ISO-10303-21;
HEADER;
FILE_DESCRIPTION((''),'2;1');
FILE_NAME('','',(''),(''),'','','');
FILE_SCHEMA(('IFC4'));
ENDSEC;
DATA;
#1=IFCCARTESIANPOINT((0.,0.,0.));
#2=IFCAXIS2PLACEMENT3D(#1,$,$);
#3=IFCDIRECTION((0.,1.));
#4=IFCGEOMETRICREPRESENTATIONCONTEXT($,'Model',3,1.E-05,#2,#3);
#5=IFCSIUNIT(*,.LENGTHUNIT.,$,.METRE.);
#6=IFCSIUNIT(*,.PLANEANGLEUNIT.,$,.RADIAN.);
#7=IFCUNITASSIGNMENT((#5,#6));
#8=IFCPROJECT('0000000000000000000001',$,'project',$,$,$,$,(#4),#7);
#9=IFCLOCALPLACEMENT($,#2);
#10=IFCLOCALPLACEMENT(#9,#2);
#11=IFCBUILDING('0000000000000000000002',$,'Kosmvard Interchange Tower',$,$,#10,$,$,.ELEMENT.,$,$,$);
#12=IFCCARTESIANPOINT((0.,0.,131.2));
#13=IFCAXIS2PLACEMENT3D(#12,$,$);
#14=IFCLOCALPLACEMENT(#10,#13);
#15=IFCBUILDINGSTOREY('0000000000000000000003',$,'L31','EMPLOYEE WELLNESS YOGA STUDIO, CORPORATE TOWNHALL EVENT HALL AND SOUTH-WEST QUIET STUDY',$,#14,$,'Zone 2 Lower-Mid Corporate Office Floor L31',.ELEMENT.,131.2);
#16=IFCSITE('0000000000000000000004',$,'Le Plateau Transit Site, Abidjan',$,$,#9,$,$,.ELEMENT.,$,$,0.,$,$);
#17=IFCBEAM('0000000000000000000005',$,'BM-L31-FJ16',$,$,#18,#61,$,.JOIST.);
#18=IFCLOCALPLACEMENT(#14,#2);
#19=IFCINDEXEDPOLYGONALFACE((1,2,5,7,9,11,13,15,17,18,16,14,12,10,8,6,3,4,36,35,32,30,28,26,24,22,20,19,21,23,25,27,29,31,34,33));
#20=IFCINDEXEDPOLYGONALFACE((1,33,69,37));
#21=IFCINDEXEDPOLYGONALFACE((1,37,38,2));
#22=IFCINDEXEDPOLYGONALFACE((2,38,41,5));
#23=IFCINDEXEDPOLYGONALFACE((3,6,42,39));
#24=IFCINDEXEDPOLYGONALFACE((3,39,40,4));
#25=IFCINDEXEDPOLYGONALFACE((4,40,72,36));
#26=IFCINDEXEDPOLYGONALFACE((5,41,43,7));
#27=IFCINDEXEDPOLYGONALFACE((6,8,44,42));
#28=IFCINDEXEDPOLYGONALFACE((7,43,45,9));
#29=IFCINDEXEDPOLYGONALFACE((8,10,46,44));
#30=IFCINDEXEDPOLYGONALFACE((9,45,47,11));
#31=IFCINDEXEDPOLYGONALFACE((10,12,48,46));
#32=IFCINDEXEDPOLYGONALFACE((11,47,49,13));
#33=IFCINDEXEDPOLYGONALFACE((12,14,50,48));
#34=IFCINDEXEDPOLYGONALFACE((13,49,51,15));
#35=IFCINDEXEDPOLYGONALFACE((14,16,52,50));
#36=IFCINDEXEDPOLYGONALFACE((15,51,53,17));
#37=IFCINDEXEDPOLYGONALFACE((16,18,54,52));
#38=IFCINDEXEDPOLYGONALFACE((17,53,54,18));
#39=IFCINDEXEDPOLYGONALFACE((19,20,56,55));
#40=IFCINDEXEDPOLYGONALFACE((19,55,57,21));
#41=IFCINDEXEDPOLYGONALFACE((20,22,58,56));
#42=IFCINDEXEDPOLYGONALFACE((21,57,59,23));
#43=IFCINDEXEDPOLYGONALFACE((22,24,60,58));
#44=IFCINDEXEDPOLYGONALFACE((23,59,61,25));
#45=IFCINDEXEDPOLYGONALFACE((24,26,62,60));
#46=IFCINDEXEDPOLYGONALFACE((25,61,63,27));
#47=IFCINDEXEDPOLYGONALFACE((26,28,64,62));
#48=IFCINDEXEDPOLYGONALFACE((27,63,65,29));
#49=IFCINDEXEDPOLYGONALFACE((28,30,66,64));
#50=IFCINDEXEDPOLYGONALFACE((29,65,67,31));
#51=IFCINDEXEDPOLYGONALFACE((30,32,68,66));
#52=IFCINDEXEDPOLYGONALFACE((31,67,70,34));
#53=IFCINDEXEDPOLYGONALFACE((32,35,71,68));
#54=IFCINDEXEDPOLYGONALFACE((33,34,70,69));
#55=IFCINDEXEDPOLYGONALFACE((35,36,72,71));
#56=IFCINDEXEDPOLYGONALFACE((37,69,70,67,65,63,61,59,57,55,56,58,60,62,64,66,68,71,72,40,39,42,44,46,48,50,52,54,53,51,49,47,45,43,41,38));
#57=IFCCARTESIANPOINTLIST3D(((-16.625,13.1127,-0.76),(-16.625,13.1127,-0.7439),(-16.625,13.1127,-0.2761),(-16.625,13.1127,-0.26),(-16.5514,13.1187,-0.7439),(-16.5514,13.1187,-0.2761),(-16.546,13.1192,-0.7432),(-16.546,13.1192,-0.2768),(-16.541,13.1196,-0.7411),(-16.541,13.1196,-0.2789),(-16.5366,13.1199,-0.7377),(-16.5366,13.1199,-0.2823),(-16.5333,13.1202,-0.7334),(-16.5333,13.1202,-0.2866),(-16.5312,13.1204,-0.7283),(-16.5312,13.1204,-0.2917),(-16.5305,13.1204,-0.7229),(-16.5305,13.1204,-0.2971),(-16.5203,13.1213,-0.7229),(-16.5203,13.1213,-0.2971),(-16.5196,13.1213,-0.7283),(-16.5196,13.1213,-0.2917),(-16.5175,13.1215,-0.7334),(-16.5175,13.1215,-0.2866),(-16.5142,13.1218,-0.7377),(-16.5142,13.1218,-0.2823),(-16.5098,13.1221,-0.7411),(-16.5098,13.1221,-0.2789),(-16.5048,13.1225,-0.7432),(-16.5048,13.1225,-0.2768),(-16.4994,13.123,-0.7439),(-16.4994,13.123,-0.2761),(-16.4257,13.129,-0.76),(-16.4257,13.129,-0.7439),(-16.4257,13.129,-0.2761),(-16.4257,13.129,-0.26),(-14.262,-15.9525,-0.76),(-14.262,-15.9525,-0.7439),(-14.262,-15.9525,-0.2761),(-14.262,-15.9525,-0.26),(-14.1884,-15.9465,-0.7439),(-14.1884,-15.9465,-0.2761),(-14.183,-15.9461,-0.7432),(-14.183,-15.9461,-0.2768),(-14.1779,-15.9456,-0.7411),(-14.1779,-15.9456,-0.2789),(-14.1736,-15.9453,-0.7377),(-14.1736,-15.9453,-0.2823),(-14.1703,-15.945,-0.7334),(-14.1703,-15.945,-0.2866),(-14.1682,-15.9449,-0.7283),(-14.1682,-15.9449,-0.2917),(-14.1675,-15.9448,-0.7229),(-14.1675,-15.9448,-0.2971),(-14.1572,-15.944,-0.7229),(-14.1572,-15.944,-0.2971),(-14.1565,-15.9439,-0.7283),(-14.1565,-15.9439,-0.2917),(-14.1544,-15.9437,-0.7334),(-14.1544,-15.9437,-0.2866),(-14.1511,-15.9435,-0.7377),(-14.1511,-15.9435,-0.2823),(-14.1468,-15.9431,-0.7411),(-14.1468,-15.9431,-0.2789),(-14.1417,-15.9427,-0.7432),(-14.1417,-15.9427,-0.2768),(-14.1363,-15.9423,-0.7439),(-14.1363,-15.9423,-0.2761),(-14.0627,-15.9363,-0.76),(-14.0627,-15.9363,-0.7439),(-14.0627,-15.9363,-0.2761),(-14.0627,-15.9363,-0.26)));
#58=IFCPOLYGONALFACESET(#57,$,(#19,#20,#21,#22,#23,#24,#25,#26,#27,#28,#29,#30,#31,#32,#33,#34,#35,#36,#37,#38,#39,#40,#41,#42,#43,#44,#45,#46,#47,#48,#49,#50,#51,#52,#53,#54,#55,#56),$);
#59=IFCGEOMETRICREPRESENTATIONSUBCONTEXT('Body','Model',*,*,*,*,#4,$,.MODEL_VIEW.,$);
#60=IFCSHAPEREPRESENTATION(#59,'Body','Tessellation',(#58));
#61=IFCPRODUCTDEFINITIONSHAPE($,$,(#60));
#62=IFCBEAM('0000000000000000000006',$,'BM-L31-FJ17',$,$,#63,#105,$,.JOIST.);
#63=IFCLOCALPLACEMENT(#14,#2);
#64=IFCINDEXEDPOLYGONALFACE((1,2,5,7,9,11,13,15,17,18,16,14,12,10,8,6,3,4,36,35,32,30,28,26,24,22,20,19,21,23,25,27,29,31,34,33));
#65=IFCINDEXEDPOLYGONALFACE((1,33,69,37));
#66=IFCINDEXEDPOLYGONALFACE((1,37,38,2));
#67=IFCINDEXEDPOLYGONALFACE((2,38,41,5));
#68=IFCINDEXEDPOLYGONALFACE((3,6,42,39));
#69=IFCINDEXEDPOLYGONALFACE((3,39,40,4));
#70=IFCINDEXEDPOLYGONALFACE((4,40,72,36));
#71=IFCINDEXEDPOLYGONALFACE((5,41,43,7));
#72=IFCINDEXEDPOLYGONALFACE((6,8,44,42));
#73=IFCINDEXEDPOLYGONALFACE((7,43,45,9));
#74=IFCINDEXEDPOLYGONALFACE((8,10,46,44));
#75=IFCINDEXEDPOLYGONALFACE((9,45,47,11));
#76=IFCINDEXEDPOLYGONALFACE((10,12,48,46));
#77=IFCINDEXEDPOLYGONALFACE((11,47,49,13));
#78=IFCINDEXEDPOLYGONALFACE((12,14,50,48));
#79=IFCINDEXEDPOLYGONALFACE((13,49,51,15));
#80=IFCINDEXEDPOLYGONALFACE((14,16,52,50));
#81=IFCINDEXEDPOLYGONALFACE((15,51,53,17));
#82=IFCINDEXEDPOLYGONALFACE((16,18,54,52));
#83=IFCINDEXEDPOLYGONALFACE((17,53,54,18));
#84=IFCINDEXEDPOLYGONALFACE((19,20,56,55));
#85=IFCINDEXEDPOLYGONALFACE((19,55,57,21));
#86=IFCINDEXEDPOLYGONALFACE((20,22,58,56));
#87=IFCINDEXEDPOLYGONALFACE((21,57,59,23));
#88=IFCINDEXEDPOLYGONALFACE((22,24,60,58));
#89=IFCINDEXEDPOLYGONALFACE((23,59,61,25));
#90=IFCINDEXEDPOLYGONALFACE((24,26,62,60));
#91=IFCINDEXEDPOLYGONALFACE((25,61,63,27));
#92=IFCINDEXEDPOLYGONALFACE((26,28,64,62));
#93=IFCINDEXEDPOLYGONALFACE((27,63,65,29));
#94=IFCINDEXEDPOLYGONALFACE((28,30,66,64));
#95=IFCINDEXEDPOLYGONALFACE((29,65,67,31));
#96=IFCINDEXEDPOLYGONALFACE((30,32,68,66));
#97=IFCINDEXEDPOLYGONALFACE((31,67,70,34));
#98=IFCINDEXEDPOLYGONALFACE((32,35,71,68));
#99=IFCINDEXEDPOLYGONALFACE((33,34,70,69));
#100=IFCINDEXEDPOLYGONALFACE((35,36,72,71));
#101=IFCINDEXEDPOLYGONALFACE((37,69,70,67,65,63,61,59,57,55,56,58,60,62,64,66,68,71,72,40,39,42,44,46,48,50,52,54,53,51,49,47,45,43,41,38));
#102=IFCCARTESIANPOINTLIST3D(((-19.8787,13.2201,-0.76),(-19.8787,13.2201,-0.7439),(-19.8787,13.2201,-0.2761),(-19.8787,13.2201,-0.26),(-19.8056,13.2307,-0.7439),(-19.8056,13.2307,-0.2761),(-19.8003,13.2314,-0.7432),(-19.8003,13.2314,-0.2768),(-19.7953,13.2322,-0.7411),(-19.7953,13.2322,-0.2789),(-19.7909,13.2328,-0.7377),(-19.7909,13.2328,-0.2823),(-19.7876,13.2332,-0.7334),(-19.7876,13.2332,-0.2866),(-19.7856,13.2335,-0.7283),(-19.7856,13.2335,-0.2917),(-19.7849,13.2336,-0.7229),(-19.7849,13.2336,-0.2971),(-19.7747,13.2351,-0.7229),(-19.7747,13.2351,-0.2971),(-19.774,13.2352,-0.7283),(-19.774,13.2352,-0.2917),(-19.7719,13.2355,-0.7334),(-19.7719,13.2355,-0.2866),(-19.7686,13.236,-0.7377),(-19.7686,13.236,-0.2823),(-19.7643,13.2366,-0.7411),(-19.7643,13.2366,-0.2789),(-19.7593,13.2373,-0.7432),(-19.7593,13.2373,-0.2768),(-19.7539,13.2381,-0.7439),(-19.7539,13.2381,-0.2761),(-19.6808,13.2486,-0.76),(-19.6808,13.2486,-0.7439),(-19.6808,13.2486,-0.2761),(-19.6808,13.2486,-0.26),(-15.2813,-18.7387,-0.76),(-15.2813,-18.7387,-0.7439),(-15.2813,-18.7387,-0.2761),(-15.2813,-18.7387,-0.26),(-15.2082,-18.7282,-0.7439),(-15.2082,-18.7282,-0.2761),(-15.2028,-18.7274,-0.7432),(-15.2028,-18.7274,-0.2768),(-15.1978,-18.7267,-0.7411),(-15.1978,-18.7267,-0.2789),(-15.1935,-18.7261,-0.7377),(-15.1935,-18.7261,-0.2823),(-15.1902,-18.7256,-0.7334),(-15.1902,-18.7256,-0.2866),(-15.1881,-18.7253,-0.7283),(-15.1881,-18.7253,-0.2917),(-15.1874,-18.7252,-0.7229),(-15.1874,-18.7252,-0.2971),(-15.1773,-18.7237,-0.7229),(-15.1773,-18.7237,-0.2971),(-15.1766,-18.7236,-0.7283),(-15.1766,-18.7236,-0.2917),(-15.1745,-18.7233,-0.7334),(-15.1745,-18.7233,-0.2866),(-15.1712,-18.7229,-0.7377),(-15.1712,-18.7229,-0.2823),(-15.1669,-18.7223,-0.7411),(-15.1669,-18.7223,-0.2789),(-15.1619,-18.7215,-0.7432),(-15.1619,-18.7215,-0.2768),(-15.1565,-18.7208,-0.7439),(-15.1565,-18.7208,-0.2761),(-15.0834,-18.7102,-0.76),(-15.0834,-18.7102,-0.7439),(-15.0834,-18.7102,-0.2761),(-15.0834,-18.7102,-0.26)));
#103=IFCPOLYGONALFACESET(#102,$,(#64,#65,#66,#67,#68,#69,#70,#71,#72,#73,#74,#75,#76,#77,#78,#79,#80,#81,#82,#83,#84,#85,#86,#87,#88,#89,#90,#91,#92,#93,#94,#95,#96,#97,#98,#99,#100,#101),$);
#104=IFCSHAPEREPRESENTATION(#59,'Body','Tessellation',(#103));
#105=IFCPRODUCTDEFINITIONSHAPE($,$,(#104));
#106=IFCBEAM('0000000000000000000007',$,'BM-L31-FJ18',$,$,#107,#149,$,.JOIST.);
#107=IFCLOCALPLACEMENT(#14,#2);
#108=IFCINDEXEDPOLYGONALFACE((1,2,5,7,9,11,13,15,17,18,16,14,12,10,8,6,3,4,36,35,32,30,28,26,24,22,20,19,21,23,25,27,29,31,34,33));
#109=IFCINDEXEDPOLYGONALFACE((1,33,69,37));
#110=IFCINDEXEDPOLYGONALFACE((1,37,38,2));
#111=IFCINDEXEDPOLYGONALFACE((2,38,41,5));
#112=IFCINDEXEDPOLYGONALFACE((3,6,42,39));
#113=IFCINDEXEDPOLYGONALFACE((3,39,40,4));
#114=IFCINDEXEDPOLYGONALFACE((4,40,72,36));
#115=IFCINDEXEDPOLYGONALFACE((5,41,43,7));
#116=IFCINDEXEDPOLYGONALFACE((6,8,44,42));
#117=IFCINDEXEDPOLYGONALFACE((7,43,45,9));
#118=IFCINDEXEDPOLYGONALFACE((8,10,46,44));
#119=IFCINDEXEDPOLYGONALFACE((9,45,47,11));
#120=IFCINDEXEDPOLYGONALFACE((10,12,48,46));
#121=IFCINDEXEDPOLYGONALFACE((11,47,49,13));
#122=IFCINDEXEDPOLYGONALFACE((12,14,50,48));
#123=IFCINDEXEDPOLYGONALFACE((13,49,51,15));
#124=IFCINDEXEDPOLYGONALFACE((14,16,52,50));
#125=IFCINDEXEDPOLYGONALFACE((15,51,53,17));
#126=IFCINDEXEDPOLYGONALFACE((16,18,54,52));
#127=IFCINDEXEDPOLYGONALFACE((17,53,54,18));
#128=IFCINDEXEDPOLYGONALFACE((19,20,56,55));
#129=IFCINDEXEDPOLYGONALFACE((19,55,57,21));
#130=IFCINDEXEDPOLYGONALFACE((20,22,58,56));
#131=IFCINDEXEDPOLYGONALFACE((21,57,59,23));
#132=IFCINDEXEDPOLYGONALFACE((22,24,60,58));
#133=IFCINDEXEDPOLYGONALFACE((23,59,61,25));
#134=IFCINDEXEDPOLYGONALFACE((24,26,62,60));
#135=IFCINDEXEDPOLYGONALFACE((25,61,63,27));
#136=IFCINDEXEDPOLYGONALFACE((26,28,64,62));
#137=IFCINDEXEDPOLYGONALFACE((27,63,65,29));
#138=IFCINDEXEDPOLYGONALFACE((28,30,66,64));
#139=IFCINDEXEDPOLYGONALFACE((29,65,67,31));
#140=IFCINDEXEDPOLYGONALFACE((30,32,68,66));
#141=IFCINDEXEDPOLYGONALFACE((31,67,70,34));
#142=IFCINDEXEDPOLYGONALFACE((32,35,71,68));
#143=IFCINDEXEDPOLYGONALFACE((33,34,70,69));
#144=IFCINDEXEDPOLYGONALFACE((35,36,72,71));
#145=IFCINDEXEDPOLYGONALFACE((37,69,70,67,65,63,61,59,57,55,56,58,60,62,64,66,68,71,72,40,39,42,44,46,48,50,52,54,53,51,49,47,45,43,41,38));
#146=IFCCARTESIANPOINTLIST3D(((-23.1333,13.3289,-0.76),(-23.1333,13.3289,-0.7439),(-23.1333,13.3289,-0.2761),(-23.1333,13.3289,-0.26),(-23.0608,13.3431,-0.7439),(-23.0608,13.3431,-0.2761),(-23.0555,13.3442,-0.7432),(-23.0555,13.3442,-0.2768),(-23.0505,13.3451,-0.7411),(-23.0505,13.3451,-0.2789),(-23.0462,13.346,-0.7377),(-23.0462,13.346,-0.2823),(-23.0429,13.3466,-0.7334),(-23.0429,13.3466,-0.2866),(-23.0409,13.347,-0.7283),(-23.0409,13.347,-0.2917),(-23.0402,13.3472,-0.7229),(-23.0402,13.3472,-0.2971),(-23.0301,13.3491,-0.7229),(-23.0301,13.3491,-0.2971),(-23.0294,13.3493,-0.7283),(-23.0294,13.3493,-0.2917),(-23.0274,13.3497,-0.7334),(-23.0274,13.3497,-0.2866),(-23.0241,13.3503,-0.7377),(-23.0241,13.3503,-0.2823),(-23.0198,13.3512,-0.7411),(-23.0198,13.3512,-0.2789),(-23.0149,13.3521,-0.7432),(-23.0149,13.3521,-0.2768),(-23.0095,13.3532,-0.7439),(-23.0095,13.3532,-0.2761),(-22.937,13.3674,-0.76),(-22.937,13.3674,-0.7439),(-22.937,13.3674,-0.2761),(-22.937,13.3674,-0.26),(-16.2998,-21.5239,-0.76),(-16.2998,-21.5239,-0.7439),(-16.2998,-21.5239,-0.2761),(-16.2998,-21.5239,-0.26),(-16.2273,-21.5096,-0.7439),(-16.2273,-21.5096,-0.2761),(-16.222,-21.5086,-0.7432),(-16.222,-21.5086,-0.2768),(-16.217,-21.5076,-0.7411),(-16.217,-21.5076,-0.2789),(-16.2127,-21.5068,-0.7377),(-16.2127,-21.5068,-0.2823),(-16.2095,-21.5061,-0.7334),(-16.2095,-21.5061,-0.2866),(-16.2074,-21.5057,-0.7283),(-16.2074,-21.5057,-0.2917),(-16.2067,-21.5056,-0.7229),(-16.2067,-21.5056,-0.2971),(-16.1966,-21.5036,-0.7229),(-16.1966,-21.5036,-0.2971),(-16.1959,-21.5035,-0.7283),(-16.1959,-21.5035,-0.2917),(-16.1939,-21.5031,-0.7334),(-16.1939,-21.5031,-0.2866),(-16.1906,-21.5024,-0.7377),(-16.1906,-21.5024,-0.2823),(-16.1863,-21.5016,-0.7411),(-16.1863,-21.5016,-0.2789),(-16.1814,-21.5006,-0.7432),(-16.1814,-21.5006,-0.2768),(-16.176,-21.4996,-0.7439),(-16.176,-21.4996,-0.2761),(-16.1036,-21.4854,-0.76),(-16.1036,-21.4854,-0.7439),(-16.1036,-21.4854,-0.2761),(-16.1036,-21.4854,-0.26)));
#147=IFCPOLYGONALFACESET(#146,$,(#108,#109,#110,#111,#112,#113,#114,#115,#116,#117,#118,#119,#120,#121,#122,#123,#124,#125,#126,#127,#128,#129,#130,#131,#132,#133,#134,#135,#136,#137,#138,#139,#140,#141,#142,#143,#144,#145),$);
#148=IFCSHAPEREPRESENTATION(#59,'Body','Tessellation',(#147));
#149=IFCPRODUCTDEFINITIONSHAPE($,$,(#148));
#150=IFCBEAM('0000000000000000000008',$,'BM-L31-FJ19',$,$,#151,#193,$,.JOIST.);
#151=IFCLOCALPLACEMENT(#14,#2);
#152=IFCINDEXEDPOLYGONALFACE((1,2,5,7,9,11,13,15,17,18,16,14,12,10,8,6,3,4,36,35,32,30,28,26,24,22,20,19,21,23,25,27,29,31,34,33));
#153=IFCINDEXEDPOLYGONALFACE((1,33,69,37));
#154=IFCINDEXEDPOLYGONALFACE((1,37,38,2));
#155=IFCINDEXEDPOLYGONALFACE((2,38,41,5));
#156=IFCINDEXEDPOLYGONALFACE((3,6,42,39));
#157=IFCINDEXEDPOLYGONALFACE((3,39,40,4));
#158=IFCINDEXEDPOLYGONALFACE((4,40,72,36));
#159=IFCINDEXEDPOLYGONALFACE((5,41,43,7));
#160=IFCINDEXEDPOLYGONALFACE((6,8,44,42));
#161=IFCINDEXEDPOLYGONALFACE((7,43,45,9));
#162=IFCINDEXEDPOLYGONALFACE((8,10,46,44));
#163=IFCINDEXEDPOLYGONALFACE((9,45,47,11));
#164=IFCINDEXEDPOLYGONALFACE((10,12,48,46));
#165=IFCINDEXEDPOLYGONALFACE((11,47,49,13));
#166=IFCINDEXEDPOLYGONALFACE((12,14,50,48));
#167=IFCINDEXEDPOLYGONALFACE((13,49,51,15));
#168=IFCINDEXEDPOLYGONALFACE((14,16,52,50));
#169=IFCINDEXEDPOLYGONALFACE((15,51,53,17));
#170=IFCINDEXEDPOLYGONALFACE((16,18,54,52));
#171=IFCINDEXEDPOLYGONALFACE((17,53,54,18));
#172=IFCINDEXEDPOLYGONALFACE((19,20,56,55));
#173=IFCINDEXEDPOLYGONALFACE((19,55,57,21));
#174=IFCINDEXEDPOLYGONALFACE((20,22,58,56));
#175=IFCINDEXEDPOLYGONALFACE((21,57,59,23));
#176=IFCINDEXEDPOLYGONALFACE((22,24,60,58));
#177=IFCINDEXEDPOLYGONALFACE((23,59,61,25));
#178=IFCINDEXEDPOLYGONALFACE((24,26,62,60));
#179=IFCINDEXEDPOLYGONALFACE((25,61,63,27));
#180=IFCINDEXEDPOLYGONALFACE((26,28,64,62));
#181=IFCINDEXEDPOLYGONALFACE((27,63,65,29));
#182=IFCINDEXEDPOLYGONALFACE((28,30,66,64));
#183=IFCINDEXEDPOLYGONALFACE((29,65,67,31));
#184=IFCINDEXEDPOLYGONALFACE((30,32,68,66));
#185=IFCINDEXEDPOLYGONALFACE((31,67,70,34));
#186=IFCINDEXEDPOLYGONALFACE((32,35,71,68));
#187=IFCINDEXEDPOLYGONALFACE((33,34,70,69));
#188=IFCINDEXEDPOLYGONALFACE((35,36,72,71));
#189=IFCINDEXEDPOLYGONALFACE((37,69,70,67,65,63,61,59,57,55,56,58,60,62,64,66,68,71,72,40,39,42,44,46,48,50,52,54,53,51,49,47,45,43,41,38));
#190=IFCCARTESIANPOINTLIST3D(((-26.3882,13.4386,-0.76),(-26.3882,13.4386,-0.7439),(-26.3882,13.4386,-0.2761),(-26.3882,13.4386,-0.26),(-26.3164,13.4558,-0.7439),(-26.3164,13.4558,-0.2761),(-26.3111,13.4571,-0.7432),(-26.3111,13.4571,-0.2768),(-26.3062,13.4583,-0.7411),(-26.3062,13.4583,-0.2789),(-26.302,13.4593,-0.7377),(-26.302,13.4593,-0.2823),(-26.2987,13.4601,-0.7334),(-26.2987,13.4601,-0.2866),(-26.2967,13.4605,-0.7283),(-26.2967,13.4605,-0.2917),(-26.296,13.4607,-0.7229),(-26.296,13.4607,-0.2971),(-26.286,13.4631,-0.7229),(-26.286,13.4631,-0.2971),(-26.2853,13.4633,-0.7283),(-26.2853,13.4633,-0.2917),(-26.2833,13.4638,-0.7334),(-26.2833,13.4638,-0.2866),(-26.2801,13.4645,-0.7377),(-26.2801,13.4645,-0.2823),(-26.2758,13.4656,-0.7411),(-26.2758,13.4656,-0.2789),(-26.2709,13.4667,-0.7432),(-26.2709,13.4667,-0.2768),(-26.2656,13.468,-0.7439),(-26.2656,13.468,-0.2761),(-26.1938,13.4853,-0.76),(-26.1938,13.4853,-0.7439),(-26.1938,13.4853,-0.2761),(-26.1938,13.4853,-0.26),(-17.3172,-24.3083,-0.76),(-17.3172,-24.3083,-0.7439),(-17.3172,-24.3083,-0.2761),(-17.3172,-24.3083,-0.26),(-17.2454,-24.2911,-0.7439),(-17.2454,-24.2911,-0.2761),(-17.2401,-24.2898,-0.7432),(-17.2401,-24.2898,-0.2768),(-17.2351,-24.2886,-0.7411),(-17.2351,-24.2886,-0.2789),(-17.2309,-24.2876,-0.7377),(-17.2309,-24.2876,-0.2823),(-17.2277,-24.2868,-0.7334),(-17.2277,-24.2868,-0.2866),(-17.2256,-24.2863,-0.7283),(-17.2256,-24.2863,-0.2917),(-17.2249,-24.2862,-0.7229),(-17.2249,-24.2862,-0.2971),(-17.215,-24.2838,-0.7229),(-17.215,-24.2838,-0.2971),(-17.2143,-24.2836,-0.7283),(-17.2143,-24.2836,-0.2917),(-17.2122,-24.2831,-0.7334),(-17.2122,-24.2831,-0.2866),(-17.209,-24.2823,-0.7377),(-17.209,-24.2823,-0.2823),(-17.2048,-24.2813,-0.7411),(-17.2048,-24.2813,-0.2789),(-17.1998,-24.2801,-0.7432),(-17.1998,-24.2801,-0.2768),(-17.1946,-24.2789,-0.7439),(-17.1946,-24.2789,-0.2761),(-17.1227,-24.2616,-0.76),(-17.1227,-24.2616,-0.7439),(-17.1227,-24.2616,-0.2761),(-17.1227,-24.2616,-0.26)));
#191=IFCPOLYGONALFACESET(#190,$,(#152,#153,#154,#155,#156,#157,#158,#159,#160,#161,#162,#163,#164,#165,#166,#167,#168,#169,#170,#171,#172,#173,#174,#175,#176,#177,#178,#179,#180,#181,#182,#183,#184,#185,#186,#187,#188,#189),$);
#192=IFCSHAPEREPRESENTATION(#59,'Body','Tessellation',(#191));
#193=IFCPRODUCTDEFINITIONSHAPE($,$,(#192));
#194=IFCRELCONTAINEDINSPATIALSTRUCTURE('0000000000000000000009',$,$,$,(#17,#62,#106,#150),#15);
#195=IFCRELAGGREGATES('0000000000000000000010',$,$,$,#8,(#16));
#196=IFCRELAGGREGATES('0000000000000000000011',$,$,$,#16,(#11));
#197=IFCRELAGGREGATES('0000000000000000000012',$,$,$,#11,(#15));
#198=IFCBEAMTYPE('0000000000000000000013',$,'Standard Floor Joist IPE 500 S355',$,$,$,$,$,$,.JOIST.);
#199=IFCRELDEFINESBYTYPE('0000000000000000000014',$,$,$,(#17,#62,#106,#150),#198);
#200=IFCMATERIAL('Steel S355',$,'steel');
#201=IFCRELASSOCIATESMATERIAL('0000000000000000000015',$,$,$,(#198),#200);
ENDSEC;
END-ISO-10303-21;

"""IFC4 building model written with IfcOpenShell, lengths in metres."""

from ifc_helpers import new_model, si_unit, direction, frame, origin, origin_2d, place, context, subcontext, project, spatial, i_section, extrude, source, transform, mapped, material, material_profile, profile_set, type_object, element, save


model = new_model("IFC4")

# Units and contexts
model_context = context("Model", 3, precision=1e-05, world=origin(), true_north=direction((0.0, 1.0)))
body_context = subcontext(model_context, "Body", "Model", "MODEL_VIEW")
ifc_project = project(units=[si_unit("LENGTHUNIT", "METRE"), si_unit("PLANEANGLEUNIT", "RADIAN")], contexts=[model_context])

# Site, building, storey
site_placement = place(None, origin())
site = spatial("IfcSite", under=ifc_project, at=site_placement, Name="Le Plateau Transit Site, Abidjan", CompositionType="ELEMENT", RefElevation=0.0)
building_placement = place(site_placement, origin())
building = spatial("IfcBuilding", under=site, at=building_placement, Name="Kosmvard Interchange Tower", CompositionType="ELEMENT")
storey_placement = place(building_placement, frame((0.0, 0.0, 131.2)))
storey = spatial("IfcBuildingStorey", under=building, at=storey_placement, Name="L31", Description="EMPLOYEE WELLNESS YOGA STUDIO, CORPORATE TOWNHALL EVENT HALL AND SOUTH-WEST QUIET STUDY", LongName="Zone 2 Lower-Mid Corporate Office Floor L31", CompositionType="ELEMENT", Elevation=131.2)

# Beams
ifc_material_1 = material(Name="Steel S355", Category="steel")
ifc_material_profile_1 = material_profile(ifc_material_1, i_section(OverallWidth=0.2, OverallDepth=0.5, WebThickness=0.0103, FlangeThickness=0.0161, FilletRadius=0.021, at=origin_2d()), Name="IPE 500")
ifc_profile_set_1 = profile_set([ifc_material_profile_1], Name="Steel S355")
beam_type_1 = type_object("IfcBeamType", Name="Standard Floor Joist IPE 500 S355", PredefinedType="JOIST", material=ifc_profile_set_1)
shared_shape_1 = source(origin(), body_context, "Body", "SweptSolid", [
    extrude(i_section(OverallWidth=0.2, OverallDepth=0.5, WebThickness=0.0103, FlangeThickness=0.0161, FilletRadius=0.021, at=origin_2d()), origin(), (0.0, 0.0, 1.0), 29.1611),
])
beam_1_placement = place(storey_placement, frame((-16.5254, 13.1208, -0.51), z_axis=(0.081034, -0.996711, 0.0), x_axis=(0.996711, 0.081034, 0.0)))
element("IfcBeam", 1, at=beam_1_placement, inside=storey, type_object=beam_type_1, Name="BM-L31-FJ16", PredefinedType="JOIST", context=body_context, shape_type="MappedRepresentation", body=[
    mapped(shared_shape_1, transform((0.0, 0.0, 0.0), scale=1.0)),
])
shared_shape_2 = source(origin(), body_context, "Body", "SweptSolid", [
    extrude(i_section(OverallWidth=0.2, OverallDepth=0.5, WebThickness=0.0103, FlangeThickness=0.0161, FilletRadius=0.021, at=origin_2d()), origin(), (0.0, 0.0, 1.0), 32.2878),
])
beam_2_placement = place(storey_placement, frame((-19.7798, 13.2344, -0.51), z_axis=(0.142389, -0.989811, 0.0), x_axis=(0.989811, 0.142389, 0.0)))
element("IfcBeam", 2, at=beam_2_placement, inside=storey, type_object=beam_type_1, Name="BM-L31-FJ17", PredefinedType="JOIST", context=body_context, shape_type="MappedRepresentation", body=[
    mapped(shared_shape_2, transform((0.0, 0.0, 0.0), scale=1.0)),
])
shared_shape_3 = source(origin(), body_context, "Body", "SweptSolid", [
    extrude(i_section(OverallWidth=0.2, OverallDepth=0.5, WebThickness=0.0103, FlangeThickness=0.0161, FilletRadius=0.021, at=origin_2d()), origin(), (0.0, 0.0, 1.0), 35.5164),
])
beam_3_placement = place(storey_placement, frame((-23.0352, 13.3481, -0.51), z_axis=(0.192404, -0.981316, 0.0), x_axis=(0.981316, 0.192404, 0.0)))
element("IfcBeam", 3, at=beam_3_placement, inside=storey, type_object=beam_type_1, Name="BM-L31-FJ18", PredefinedType="JOIST", context=body_context, shape_type="MappedRepresentation", body=[
    mapped(shared_shape_3, transform((0.0, 0.0, 0.0), scale=1.0)),
])
shared_shape_4 = source(origin(), body_context, "Body", "SweptSolid", [
    extrude(i_section(OverallWidth=0.2, OverallDepth=0.5, WebThickness=0.0103, FlangeThickness=0.0161, FilletRadius=0.021, at=origin_2d()), origin(), (0.0, 0.0, 1.0), 38.8215),
])
beam_4_placement = place(storey_placement, frame((-26.291, 13.4619, -0.51), z_axis=(0.233661, -0.972318, 0.0), x_axis=(0.972318, 0.233661, 0.0)))
element("IfcBeam", 4, at=beam_4_placement, inside=storey, type_object=beam_type_1, Name="BM-L31-FJ19", PredefinedType="JOIST", context=body_context, shape_type="MappedRepresentation", body=[
    mapped(shared_shape_4, transform((0.0, 0.0, 0.0), scale=1.0)),
])

save(model, "model.ifc")
